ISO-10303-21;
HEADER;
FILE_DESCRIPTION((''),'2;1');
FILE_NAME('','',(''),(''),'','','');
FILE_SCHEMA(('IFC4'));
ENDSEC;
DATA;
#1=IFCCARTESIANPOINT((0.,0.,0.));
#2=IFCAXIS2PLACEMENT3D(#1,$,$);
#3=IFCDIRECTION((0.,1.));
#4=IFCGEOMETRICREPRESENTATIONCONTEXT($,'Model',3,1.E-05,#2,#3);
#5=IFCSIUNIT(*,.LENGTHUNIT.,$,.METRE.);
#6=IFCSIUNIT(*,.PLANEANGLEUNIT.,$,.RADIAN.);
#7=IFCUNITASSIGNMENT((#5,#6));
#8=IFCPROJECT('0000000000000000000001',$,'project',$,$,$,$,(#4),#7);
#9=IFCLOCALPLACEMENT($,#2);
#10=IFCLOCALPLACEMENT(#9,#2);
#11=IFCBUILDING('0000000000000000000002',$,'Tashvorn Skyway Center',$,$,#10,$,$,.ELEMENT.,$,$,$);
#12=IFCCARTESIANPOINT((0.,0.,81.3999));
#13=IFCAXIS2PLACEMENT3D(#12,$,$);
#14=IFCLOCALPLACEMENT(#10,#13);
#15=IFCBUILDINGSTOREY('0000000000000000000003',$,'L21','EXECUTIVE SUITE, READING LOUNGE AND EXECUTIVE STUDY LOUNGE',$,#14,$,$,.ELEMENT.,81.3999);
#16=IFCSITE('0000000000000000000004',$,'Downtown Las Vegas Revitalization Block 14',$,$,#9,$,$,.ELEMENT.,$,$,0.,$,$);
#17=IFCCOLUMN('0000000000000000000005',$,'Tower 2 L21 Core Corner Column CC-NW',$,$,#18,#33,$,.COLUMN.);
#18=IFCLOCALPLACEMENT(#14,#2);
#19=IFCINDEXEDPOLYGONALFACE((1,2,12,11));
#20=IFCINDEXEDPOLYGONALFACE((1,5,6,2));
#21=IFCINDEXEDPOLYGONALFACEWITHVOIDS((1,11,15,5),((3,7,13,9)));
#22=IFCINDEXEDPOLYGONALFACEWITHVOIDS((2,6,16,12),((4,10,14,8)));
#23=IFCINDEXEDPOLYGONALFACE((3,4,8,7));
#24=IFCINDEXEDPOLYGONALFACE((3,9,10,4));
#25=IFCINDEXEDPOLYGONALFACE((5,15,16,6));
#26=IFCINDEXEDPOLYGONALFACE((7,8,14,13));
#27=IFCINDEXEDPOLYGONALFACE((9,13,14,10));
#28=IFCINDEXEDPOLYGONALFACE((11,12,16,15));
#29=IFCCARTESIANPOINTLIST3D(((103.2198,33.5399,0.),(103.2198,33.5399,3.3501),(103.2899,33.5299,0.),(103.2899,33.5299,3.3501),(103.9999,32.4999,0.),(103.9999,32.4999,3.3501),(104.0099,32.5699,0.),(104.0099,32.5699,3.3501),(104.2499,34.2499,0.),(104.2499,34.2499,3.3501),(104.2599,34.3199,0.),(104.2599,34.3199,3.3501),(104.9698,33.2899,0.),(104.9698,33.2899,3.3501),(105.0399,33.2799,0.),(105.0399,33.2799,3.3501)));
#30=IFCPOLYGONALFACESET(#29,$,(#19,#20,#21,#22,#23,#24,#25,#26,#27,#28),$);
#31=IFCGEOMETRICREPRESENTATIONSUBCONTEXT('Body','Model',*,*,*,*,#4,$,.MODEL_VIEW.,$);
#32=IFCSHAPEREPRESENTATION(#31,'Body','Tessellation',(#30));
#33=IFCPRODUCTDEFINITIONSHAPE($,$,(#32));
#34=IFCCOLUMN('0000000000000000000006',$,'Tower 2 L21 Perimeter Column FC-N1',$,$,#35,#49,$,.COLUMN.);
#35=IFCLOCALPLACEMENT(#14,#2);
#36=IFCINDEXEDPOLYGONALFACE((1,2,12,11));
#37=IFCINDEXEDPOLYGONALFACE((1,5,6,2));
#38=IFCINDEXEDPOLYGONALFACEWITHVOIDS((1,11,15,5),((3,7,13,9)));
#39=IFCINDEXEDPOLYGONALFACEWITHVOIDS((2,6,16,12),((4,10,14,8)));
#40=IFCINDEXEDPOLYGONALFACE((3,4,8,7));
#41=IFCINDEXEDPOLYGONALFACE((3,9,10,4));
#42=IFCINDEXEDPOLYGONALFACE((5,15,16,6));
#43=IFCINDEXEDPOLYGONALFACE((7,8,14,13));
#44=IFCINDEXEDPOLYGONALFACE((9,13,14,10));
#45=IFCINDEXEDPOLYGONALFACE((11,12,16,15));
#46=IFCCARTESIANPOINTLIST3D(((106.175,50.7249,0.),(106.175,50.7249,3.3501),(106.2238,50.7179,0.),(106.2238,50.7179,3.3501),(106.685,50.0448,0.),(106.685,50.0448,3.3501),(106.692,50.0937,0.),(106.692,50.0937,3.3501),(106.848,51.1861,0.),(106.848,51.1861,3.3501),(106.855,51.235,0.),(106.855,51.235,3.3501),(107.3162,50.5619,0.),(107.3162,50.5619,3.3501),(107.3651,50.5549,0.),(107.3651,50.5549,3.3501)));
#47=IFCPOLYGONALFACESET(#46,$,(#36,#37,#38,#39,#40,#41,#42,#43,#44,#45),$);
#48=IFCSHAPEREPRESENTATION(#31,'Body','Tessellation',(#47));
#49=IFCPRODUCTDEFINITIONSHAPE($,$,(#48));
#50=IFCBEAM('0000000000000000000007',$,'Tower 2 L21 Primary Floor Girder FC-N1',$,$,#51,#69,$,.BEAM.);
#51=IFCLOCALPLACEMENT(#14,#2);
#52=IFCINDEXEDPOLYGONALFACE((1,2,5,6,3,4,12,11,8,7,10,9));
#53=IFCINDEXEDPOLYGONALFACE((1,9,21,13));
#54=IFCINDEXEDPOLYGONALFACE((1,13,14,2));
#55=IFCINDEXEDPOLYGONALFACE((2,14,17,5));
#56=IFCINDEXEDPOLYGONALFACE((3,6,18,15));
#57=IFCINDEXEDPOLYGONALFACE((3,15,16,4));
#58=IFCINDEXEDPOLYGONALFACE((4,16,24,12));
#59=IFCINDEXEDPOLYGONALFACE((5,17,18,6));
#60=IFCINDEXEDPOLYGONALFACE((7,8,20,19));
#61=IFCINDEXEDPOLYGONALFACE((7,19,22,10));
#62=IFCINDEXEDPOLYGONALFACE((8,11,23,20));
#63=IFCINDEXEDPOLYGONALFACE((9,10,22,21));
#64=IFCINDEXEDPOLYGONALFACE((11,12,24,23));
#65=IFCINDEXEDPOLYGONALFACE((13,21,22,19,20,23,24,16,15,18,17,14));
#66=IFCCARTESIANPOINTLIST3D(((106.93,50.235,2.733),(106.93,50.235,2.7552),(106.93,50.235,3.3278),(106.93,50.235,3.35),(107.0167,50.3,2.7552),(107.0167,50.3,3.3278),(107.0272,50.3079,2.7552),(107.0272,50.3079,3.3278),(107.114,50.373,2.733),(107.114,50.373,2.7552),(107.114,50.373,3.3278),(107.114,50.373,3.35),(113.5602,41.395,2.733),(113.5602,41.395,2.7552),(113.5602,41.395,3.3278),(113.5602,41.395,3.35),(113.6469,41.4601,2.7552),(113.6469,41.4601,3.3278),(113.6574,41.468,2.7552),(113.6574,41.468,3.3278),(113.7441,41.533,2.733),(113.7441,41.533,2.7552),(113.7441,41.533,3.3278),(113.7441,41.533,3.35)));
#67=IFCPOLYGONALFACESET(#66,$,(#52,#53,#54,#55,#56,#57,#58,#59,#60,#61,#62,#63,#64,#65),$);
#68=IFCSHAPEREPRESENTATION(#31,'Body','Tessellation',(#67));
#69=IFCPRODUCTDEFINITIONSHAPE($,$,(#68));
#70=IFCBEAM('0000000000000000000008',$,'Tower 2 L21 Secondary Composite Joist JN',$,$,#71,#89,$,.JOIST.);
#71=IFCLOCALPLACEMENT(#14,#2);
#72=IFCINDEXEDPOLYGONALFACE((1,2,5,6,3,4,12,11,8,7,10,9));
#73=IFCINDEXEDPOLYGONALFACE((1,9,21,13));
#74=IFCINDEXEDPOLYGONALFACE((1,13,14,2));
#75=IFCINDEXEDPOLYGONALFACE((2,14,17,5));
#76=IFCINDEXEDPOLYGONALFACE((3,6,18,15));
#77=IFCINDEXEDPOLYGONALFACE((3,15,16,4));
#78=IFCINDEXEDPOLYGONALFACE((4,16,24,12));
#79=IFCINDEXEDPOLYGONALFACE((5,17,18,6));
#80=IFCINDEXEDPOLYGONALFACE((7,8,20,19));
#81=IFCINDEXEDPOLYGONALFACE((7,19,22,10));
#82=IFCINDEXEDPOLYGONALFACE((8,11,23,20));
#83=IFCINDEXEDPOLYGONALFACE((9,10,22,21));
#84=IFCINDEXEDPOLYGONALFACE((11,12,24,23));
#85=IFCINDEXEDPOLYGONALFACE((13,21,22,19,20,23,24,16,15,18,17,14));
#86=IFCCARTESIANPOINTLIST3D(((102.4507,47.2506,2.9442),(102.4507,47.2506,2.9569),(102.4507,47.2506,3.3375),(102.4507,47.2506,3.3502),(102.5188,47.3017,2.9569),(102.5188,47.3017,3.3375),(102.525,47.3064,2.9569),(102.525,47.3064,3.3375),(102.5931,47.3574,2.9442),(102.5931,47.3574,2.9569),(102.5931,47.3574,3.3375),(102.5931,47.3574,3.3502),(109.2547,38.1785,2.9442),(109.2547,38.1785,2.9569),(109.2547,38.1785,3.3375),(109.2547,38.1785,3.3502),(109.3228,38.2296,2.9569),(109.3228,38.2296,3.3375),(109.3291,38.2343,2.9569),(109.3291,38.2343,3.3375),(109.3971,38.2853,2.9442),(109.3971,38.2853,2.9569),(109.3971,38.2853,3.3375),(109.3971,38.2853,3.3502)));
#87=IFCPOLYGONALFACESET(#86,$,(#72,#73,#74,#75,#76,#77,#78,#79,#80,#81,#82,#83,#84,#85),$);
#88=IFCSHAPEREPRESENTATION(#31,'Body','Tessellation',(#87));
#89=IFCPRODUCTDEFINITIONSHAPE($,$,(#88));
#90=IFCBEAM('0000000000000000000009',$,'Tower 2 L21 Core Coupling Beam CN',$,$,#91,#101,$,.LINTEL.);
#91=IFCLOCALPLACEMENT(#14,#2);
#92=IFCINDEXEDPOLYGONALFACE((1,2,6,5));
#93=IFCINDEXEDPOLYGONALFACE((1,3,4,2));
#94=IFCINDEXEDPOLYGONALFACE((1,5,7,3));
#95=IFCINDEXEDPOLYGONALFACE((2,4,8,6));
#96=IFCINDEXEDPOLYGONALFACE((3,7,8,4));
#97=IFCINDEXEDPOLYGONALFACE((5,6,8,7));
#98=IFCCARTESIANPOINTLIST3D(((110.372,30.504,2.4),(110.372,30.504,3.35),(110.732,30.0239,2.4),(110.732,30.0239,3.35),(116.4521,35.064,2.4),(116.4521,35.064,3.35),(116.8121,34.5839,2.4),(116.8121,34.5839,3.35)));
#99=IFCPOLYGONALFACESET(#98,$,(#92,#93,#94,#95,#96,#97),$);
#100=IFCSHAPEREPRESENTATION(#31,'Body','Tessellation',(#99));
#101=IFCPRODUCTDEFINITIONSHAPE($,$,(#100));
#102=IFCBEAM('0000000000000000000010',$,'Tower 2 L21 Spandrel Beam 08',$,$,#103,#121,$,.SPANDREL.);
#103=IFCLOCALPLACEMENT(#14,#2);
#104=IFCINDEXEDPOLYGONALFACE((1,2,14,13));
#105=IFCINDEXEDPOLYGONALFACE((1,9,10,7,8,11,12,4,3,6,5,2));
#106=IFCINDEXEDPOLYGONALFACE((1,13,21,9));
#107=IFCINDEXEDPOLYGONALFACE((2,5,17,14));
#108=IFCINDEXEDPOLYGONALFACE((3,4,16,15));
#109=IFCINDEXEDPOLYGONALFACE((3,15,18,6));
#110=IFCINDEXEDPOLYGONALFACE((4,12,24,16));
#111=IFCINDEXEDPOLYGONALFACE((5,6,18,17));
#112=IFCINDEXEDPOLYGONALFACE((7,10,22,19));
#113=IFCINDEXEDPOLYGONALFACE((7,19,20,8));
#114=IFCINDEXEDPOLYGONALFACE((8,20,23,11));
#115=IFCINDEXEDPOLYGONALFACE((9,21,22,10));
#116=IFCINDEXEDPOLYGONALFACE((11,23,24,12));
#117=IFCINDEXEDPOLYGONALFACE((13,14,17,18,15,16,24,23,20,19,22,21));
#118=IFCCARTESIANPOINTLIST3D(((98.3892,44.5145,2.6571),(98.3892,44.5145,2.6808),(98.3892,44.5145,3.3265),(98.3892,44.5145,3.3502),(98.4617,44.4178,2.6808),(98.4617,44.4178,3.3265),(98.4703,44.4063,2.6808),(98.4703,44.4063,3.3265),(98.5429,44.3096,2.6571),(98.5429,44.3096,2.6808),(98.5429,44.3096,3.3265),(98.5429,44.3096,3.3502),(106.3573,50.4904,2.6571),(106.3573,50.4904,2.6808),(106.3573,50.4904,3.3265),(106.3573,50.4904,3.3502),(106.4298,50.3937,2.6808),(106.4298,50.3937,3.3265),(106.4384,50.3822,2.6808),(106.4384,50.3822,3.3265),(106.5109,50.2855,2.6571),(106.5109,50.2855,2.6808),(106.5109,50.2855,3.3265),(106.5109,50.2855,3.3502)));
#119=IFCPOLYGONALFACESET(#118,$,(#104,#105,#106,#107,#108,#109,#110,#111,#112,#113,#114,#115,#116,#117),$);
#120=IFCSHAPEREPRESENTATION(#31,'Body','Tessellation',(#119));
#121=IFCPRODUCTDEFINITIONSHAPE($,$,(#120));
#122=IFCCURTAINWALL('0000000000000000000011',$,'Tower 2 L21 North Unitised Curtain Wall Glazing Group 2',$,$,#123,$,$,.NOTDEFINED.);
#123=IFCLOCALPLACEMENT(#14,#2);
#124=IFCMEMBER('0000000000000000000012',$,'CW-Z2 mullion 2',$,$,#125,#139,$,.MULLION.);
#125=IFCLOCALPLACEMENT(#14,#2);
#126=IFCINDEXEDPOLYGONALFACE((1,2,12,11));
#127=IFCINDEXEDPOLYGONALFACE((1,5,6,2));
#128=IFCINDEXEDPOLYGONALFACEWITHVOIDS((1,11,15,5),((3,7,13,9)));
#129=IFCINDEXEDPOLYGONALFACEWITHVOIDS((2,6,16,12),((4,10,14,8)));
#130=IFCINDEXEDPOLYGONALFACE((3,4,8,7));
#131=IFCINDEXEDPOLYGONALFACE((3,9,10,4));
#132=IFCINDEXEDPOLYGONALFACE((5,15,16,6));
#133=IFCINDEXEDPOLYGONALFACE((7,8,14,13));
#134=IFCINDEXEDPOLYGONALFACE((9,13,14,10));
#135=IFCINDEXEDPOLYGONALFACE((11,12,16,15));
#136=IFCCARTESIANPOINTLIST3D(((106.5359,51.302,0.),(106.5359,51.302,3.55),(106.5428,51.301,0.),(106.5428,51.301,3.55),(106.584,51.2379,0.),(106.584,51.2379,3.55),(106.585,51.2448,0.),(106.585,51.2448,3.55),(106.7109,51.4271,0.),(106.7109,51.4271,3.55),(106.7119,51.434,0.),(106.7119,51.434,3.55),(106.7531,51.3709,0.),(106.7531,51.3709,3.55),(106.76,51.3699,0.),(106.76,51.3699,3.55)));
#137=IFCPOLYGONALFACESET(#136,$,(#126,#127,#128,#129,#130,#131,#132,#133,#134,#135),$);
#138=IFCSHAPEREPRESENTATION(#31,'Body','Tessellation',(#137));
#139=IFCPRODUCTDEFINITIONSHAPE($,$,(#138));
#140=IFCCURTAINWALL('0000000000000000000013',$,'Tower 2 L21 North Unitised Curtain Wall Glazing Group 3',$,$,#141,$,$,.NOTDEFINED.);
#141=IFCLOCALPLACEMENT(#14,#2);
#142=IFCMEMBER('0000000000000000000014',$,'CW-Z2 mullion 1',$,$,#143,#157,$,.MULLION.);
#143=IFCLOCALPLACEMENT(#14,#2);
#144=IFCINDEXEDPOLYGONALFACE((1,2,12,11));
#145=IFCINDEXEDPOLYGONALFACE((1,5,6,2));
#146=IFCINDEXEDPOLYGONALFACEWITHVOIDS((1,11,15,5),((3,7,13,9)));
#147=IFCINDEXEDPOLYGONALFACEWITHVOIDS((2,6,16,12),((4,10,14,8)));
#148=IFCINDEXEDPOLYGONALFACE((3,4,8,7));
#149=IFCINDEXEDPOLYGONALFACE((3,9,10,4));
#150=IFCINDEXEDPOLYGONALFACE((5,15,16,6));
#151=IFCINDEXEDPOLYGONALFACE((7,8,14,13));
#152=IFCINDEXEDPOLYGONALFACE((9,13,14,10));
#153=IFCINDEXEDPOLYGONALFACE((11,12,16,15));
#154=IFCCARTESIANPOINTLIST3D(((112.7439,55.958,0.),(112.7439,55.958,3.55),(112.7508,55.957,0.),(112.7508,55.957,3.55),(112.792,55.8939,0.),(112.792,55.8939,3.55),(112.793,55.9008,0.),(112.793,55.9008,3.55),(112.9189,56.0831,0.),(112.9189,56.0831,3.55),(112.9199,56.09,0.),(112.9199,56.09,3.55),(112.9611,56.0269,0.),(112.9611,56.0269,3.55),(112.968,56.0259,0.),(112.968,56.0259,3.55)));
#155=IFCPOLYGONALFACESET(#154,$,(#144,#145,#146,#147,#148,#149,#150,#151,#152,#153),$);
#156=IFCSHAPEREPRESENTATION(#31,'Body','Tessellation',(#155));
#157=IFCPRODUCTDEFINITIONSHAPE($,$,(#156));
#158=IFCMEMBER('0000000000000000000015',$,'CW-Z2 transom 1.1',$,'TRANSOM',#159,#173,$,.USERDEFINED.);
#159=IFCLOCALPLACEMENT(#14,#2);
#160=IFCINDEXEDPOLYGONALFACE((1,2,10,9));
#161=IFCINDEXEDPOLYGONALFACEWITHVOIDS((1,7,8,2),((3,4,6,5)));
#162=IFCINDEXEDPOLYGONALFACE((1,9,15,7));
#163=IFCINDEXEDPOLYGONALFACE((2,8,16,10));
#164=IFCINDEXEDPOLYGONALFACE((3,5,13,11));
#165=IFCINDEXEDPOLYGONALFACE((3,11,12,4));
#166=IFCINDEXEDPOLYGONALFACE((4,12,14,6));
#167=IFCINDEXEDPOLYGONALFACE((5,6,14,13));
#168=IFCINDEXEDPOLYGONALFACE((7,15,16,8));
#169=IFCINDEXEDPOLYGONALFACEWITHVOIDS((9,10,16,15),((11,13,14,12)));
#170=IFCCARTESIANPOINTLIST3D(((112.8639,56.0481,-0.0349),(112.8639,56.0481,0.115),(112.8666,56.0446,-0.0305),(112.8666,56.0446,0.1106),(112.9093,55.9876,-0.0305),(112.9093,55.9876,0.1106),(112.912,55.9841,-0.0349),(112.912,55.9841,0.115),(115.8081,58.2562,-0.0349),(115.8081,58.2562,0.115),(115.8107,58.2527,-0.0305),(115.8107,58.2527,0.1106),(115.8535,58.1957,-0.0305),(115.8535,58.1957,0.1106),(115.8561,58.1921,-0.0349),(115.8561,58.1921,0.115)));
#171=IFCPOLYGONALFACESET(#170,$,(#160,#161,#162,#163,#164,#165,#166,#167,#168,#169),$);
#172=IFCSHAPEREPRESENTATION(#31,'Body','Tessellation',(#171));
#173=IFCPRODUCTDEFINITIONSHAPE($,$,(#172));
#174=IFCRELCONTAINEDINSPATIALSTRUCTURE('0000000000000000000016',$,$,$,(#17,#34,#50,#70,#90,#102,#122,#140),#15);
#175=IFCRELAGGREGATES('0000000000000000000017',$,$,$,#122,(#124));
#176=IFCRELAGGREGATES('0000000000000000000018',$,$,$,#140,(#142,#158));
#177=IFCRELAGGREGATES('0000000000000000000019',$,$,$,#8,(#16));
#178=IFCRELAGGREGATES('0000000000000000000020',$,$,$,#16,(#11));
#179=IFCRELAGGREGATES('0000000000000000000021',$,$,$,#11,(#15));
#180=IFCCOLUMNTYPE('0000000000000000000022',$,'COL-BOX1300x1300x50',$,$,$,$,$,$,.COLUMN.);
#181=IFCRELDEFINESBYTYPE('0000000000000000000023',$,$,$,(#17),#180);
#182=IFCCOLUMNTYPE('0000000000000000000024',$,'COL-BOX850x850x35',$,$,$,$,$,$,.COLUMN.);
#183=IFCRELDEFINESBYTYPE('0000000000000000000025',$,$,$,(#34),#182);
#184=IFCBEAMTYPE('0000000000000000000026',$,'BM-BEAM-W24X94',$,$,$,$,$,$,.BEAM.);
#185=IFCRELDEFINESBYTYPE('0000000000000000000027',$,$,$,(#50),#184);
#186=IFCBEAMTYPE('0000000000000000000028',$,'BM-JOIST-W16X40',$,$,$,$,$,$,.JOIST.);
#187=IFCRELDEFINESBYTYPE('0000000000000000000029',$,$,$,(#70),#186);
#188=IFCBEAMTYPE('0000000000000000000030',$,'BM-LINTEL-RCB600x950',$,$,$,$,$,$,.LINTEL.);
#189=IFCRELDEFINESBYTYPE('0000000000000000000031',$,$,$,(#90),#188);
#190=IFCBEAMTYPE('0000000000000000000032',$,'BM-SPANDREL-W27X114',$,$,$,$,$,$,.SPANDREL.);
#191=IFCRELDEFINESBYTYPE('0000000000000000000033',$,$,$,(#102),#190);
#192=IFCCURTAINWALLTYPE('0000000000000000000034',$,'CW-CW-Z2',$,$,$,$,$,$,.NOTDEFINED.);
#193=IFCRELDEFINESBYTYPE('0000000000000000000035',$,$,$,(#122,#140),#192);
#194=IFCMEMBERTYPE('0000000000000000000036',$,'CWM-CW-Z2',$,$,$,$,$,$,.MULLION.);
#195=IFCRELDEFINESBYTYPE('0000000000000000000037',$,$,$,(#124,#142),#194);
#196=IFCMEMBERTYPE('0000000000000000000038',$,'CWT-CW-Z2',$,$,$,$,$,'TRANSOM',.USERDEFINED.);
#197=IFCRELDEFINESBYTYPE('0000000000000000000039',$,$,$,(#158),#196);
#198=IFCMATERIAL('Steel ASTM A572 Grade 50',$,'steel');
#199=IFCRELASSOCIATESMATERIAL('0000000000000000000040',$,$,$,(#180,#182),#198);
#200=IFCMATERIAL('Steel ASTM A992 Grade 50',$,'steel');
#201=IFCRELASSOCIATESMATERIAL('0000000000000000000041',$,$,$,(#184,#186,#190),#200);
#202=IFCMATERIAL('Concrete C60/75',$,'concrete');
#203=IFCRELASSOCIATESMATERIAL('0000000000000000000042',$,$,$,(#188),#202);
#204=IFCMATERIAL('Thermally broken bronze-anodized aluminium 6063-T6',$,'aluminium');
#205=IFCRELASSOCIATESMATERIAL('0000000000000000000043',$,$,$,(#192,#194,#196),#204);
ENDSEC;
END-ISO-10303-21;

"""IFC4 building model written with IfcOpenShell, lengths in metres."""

from ifc_helpers import new_model, si_unit, direction, frame, origin, origin_2d, place, context, subcontext, project, spatial, rectangle, hollow_rectangle, i_section, extrude, material, material_profile, profile_set, type_object, element, aggregate, save


model = new_model("IFC4")

# Units and contexts
model_context = context("Model", 3, precision=1e-05, world=origin(), true_north=direction((0.0, 1.0)))
body_context = subcontext(model_context, "Body", "Model", "MODEL_VIEW")
ifc_project = project(units=[si_unit("LENGTHUNIT", "METRE"), si_unit("PLANEANGLEUNIT", "RADIAN")], contexts=[model_context])

# Site, building, storey
site_placement = place(None, origin())
site = spatial("IfcSite", under=ifc_project, at=site_placement, Name="Downtown Las Vegas Revitalization Block 14", CompositionType="ELEMENT", RefElevation=0.0)
building_placement = place(site_placement, origin())
building = spatial("IfcBuilding", under=site, at=building_placement, Name="Tashvorn Skyway Center", CompositionType="ELEMENT")
storey_placement = place(building_placement, frame((0.0, 0.0, 81.3999)))
storey = spatial("IfcBuildingStorey", under=building, at=storey_placement, Name="L21", Description="EXECUTIVE SUITE, READING LOUNGE AND EXECUTIVE STUDY LOUNGE", CompositionType="ELEMENT", Elevation=81.3999)

# Columns
ifc_material_1 = material(Name="Steel ASTM A572 Grade 50", Category="steel")
ifc_material_profile_1 = material_profile(ifc_material_1, hollow_rectangle(XDim=1.3, YDim=1.3, WallThickness=0.05, at=origin_2d()), Name="BOX1300x1300x50")
ifc_profile_set_1 = profile_set([ifc_material_profile_1], Name="Steel ASTM A572 Grade 50")
column_type_1 = type_object("IfcColumnType", Name="COL-BOX1300x1300x50", PredefinedType="COLUMN", material=ifc_profile_set_1)
column_1_placement = place(storey_placement, frame((104.1299, 33.4099, 0.0), z_axis=(0.0, 0.0, 1.0), x_axis=(0.8, 0.6, 0.0)))
element("IfcColumn", 1, at=column_1_placement, inside=storey, type_object=column_type_1, Name="Tower 2 L21 Core Corner Column CC-NW", PredefinedType="COLUMN", context=body_context, shape_type="SweptSolid", body=[
    extrude(hollow_rectangle(XDim=1.3, YDim=1.3, WallThickness=0.05, at=origin_2d()), origin(), (0.0, 0.0, 1.0), 3.3501),
])
ifc_material_profile_2 = material_profile(ifc_material_1, hollow_rectangle(XDim=0.8501, YDim=0.8501, WallThickness=0.0349, at=origin_2d()), Name="BOX850x850x35")
ifc_profile_set_2 = profile_set([ifc_material_profile_2], Name="Steel ASTM A572 Grade 50")
column_type_2 = type_object("IfcColumnType", Name="COL-BOX850x850x35", PredefinedType="COLUMN", material=ifc_profile_set_2)
column_2_placement = place(storey_placement, frame((106.77, 50.6399, 0.0), z_axis=(0.0, 0.0, 1.0), x_axis=(0.8, 0.6, 0.0)))
element("IfcColumn", 2, at=column_2_placement, inside=storey, type_object=column_type_2, Name="Tower 2 L21 Perimeter Column FC-N1", PredefinedType="COLUMN", context=body_context, shape_type="SweptSolid", body=[
    extrude(hollow_rectangle(XDim=0.8501, YDim=0.8501, WallThickness=0.0349, at=origin_2d()), origin(), (0.0, 0.0, 1.0), 3.3501),
])

# Beams
ifc_material_2 = material(Name="Steel ASTM A992 Grade 50", Category="steel")
ifc_material_profile_3 = material_profile(ifc_material_2, i_section(OverallWidth=0.23, OverallDepth=0.6169, WebThickness=0.0132, FlangeThickness=0.0222, at=origin_2d()), Name="W24X94")
ifc_profile_set_3 = profile_set([ifc_material_profile_3], Name="Steel ASTM A992 Grade 50")
beam_type_1 = type_object("IfcBeamType", Name="BM-BEAM-W24X94", PredefinedType="BEAM", material=ifc_profile_set_3)
beam_1_placement = place(storey_placement, frame((107.022, 50.304, 3.0415), z_axis=(0.600014, -0.799989, 0.0), x_axis=(0.799989, 0.600014, 0.0)))
element("IfcBeam", 3, at=beam_1_placement, inside=storey, type_object=beam_type_1, Name="Tower 2 L21 Primary Floor Girder FC-N1", PredefinedType="BEAM", context=body_context, shape_type="SweptSolid", body=[
    extrude(i_section(OverallWidth=0.23, OverallDepth=0.6169, WebThickness=0.0132, FlangeThickness=0.0222, at=origin_2d()), origin(), (0.0, 0.0, 1.0), 11.05),
])
ifc_material_profile_4 = material_profile(ifc_material_2, i_section(OverallWidth=0.178, OverallDepth=0.406, WebThickness=0.0078, FlangeThickness=0.0127, at=origin_2d()), Name="W16X40")
ifc_profile_set_4 = profile_set([ifc_material_profile_4], Name="Steel ASTM A992 Grade 50")
beam_type_2 = type_object("IfcBeamType", Name="BM-JOIST-W16X40", PredefinedType="JOIST", material=ifc_profile_set_4)
beam_2_placement = place(storey_placement, frame((109.3259, 38.2319, 3.1472), z_axis=(-0.599997, 0.800003, 0.0), x_axis=(-0.800003, -0.599997, 0.0)))
element("IfcBeam", 4, at=beam_2_placement, inside=storey, type_object=beam_type_2, Name="Tower 2 L21 Secondary Composite Joist JN", PredefinedType="JOIST", context=body_context, shape_type="SweptSolid", body=[
    extrude(i_section(OverallWidth=0.178, OverallDepth=0.406, WebThickness=0.0078, FlangeThickness=0.0127, at=origin_2d()), origin(), (0.0, 0.0, 1.0), 11.3401),
])
ifc_material_3 = material(Name="Concrete C60/75", Category="concrete")
ifc_material_profile_5 = material_profile(ifc_material_3, rectangle(XDim=0.6001, YDim=0.95, at=origin_2d()), Name="RCB600x950")
ifc_profile_set_5 = profile_set([ifc_material_profile_5], Name="Concrete C60/75")
beam_type_3 = type_object("IfcBeamType", Name="BM-LINTEL-RCB600x950", PredefinedType="LINTEL", material=ifc_profile_set_5)
beam_3_placement = place(storey_placement, frame((110.552, 30.2639, 2.875), z_axis=(0.8, 0.6, 0.0), x_axis=(-0.6, 0.8, 0.0)))
element("IfcBeam", 5, at=beam_3_placement, inside=storey, type_object=beam_type_3, Name="Tower 2 L21 Core Coupling Beam CN", PredefinedType="LINTEL", context=body_context, shape_type="SweptSolid", body=[
    extrude(rectangle(XDim=0.6001, YDim=0.95, at=origin_2d()), origin(), (0.0, 0.0, 1.0), 7.6001),
])
ifc_material_profile_6 = material_profile(ifc_material_2, i_section(OverallWidth=0.2561, OverallDepth=0.6931, WebThickness=0.0144, FlangeThickness=0.0237, at=origin_2d()), Name="W27X114")
ifc_profile_set_6 = profile_set([ifc_material_profile_6], Name="Steel ASTM A992 Grade 50")
beam_type_4 = type_object("IfcBeamType", Name="BM-SPANDREL-W27X114", PredefinedType="SPANDREL", material=ifc_profile_set_6)
beam_4_placement = place(storey_placement, frame((106.4341, 50.3879, 3.0037), z_axis=(-0.800009, -0.599988, 0.0), x_axis=(0.599988, -0.800009, 0.0)))
element("IfcBeam", 6, at=beam_4_placement, inside=storey, type_object=beam_type_4, Name="Tower 2 L21 Spandrel Beam 08", PredefinedType="SPANDREL", context=body_context, shape_type="SweptSolid", body=[
    extrude(i_section(OverallWidth=0.2561, OverallDepth=0.6931, WebThickness=0.0144, FlangeThickness=0.0237, at=origin_2d()), origin(), (0.0, 0.0, 1.0), 9.96),
])

# Curtain wall, member
ifc_material_4 = material(Name="Thermally broken bronze-anodized aluminium 6063-T6", Category="aluminium")
curtain_wall_type = type_object("IfcCurtainWallType", Name="CW-CW-Z2", PredefinedType="NOTDEFINED", material=ifc_material_4)
curtain_wall_1_placement = place(storey_placement, origin())
curtain_wall_1 = element("IfcCurtainWall", 7, at=curtain_wall_1_placement, inside=storey, type_object=curtain_wall_type, Name="Tower 2 L21 North Unitised Curtain Wall Glazing Group 2", PredefinedType="NOTDEFINED")
ifc_material_profile_7 = material_profile(ifc_material_4, hollow_rectangle(XDim=0.0801, YDim=0.22, WallThickness=0.0049, at=origin_2d()), Name="ALU-MULL-80x220")
ifc_profile_set_7 = profile_set([ifc_material_profile_7], Name="Thermally broken bronze-anodized aluminium 6063-T6")
member_type_1 = type_object("IfcMemberType", Name="CWM-CW-Z2", PredefinedType="MULLION", material=ifc_profile_set_7)
member_1_placement = place(storey_placement, frame((106.6479, 51.3359, 0.0), z_axis=(0.0, 0.0, 1.0), x_axis=(-0.6, 0.8, 0.0)))
member_1 = element("IfcMember", 8, at=member_1_placement, type_object=member_type_1, Name="CW-Z2 mullion 2", PredefinedType="MULLION", context=body_context, shape_type="SweptSolid", body=[
    extrude(hollow_rectangle(XDim=0.0801, YDim=0.22, WallThickness=0.0049, at=origin_2d()), origin(), (0.0, 0.0, 1.0), 3.55),
])
aggregate(curtain_wall_1, [member_1])

# Curtain wall, members
curtain_wall_2_placement = place(storey_placement, origin())
curtain_wall_2 = element("IfcCurtainWall", 9, at=curtain_wall_2_placement, inside=storey, type_object=curtain_wall_type, Name="Tower 2 L21 North Unitised Curtain Wall Glazing Group 3", PredefinedType="NOTDEFINED")
member_2_placement = place(storey_placement, frame((112.856, 55.9919, 0.0), z_axis=(0.0, 0.0, 1.0), x_axis=(-0.6, 0.8, 0.0)))
member_2 = element("IfcMember", 10, at=member_2_placement, type_object=member_type_1, Name="CW-Z2 mullion 1", PredefinedType="MULLION", context=body_context, shape_type="SweptSolid", body=[
    extrude(hollow_rectangle(XDim=0.0801, YDim=0.22, WallThickness=0.0049, at=origin_2d()), origin(), (0.0, 0.0, 1.0), 3.55),
])
ifc_material_profile_8 = material_profile(ifc_material_4, hollow_rectangle(XDim=0.0801, YDim=0.1499, WallThickness=0.0044, at=origin_2d()), Name="ALU-TRAN-80x150")
ifc_profile_set_8 = profile_set([ifc_material_profile_8], Name="Thermally broken bronze-anodized aluminium 6063-T6")
member_type_2 = type_object("IfcMemberType", Name="CWT-CW-Z2", ElementType="TRANSOM", PredefinedType="USERDEFINED", material=ifc_profile_set_8)
member_3_placement = place(storey_placement, frame((112.8879, 56.0161, 0.04), z_axis=(0.800008, 0.599989, 0.0), x_axis=(-0.599989, 0.800008, 0.0)))
member_3 = element("IfcMember", 11, at=member_3_placement, type_object=member_type_2, Name="CW-Z2 transom 1.1", ObjectType="TRANSOM", PredefinedType="USERDEFINED", context=body_context, shape_type="SweptSolid", body=[
    extrude(hollow_rectangle(XDim=0.0801, YDim=0.1499, WallThickness=0.0044, at=origin_2d()), origin(), (0.0, 0.0, 1.0), 3.6802),
])
aggregate(curtain_wall_2, [member_2, member_3])

save(model, "model.ifc")
